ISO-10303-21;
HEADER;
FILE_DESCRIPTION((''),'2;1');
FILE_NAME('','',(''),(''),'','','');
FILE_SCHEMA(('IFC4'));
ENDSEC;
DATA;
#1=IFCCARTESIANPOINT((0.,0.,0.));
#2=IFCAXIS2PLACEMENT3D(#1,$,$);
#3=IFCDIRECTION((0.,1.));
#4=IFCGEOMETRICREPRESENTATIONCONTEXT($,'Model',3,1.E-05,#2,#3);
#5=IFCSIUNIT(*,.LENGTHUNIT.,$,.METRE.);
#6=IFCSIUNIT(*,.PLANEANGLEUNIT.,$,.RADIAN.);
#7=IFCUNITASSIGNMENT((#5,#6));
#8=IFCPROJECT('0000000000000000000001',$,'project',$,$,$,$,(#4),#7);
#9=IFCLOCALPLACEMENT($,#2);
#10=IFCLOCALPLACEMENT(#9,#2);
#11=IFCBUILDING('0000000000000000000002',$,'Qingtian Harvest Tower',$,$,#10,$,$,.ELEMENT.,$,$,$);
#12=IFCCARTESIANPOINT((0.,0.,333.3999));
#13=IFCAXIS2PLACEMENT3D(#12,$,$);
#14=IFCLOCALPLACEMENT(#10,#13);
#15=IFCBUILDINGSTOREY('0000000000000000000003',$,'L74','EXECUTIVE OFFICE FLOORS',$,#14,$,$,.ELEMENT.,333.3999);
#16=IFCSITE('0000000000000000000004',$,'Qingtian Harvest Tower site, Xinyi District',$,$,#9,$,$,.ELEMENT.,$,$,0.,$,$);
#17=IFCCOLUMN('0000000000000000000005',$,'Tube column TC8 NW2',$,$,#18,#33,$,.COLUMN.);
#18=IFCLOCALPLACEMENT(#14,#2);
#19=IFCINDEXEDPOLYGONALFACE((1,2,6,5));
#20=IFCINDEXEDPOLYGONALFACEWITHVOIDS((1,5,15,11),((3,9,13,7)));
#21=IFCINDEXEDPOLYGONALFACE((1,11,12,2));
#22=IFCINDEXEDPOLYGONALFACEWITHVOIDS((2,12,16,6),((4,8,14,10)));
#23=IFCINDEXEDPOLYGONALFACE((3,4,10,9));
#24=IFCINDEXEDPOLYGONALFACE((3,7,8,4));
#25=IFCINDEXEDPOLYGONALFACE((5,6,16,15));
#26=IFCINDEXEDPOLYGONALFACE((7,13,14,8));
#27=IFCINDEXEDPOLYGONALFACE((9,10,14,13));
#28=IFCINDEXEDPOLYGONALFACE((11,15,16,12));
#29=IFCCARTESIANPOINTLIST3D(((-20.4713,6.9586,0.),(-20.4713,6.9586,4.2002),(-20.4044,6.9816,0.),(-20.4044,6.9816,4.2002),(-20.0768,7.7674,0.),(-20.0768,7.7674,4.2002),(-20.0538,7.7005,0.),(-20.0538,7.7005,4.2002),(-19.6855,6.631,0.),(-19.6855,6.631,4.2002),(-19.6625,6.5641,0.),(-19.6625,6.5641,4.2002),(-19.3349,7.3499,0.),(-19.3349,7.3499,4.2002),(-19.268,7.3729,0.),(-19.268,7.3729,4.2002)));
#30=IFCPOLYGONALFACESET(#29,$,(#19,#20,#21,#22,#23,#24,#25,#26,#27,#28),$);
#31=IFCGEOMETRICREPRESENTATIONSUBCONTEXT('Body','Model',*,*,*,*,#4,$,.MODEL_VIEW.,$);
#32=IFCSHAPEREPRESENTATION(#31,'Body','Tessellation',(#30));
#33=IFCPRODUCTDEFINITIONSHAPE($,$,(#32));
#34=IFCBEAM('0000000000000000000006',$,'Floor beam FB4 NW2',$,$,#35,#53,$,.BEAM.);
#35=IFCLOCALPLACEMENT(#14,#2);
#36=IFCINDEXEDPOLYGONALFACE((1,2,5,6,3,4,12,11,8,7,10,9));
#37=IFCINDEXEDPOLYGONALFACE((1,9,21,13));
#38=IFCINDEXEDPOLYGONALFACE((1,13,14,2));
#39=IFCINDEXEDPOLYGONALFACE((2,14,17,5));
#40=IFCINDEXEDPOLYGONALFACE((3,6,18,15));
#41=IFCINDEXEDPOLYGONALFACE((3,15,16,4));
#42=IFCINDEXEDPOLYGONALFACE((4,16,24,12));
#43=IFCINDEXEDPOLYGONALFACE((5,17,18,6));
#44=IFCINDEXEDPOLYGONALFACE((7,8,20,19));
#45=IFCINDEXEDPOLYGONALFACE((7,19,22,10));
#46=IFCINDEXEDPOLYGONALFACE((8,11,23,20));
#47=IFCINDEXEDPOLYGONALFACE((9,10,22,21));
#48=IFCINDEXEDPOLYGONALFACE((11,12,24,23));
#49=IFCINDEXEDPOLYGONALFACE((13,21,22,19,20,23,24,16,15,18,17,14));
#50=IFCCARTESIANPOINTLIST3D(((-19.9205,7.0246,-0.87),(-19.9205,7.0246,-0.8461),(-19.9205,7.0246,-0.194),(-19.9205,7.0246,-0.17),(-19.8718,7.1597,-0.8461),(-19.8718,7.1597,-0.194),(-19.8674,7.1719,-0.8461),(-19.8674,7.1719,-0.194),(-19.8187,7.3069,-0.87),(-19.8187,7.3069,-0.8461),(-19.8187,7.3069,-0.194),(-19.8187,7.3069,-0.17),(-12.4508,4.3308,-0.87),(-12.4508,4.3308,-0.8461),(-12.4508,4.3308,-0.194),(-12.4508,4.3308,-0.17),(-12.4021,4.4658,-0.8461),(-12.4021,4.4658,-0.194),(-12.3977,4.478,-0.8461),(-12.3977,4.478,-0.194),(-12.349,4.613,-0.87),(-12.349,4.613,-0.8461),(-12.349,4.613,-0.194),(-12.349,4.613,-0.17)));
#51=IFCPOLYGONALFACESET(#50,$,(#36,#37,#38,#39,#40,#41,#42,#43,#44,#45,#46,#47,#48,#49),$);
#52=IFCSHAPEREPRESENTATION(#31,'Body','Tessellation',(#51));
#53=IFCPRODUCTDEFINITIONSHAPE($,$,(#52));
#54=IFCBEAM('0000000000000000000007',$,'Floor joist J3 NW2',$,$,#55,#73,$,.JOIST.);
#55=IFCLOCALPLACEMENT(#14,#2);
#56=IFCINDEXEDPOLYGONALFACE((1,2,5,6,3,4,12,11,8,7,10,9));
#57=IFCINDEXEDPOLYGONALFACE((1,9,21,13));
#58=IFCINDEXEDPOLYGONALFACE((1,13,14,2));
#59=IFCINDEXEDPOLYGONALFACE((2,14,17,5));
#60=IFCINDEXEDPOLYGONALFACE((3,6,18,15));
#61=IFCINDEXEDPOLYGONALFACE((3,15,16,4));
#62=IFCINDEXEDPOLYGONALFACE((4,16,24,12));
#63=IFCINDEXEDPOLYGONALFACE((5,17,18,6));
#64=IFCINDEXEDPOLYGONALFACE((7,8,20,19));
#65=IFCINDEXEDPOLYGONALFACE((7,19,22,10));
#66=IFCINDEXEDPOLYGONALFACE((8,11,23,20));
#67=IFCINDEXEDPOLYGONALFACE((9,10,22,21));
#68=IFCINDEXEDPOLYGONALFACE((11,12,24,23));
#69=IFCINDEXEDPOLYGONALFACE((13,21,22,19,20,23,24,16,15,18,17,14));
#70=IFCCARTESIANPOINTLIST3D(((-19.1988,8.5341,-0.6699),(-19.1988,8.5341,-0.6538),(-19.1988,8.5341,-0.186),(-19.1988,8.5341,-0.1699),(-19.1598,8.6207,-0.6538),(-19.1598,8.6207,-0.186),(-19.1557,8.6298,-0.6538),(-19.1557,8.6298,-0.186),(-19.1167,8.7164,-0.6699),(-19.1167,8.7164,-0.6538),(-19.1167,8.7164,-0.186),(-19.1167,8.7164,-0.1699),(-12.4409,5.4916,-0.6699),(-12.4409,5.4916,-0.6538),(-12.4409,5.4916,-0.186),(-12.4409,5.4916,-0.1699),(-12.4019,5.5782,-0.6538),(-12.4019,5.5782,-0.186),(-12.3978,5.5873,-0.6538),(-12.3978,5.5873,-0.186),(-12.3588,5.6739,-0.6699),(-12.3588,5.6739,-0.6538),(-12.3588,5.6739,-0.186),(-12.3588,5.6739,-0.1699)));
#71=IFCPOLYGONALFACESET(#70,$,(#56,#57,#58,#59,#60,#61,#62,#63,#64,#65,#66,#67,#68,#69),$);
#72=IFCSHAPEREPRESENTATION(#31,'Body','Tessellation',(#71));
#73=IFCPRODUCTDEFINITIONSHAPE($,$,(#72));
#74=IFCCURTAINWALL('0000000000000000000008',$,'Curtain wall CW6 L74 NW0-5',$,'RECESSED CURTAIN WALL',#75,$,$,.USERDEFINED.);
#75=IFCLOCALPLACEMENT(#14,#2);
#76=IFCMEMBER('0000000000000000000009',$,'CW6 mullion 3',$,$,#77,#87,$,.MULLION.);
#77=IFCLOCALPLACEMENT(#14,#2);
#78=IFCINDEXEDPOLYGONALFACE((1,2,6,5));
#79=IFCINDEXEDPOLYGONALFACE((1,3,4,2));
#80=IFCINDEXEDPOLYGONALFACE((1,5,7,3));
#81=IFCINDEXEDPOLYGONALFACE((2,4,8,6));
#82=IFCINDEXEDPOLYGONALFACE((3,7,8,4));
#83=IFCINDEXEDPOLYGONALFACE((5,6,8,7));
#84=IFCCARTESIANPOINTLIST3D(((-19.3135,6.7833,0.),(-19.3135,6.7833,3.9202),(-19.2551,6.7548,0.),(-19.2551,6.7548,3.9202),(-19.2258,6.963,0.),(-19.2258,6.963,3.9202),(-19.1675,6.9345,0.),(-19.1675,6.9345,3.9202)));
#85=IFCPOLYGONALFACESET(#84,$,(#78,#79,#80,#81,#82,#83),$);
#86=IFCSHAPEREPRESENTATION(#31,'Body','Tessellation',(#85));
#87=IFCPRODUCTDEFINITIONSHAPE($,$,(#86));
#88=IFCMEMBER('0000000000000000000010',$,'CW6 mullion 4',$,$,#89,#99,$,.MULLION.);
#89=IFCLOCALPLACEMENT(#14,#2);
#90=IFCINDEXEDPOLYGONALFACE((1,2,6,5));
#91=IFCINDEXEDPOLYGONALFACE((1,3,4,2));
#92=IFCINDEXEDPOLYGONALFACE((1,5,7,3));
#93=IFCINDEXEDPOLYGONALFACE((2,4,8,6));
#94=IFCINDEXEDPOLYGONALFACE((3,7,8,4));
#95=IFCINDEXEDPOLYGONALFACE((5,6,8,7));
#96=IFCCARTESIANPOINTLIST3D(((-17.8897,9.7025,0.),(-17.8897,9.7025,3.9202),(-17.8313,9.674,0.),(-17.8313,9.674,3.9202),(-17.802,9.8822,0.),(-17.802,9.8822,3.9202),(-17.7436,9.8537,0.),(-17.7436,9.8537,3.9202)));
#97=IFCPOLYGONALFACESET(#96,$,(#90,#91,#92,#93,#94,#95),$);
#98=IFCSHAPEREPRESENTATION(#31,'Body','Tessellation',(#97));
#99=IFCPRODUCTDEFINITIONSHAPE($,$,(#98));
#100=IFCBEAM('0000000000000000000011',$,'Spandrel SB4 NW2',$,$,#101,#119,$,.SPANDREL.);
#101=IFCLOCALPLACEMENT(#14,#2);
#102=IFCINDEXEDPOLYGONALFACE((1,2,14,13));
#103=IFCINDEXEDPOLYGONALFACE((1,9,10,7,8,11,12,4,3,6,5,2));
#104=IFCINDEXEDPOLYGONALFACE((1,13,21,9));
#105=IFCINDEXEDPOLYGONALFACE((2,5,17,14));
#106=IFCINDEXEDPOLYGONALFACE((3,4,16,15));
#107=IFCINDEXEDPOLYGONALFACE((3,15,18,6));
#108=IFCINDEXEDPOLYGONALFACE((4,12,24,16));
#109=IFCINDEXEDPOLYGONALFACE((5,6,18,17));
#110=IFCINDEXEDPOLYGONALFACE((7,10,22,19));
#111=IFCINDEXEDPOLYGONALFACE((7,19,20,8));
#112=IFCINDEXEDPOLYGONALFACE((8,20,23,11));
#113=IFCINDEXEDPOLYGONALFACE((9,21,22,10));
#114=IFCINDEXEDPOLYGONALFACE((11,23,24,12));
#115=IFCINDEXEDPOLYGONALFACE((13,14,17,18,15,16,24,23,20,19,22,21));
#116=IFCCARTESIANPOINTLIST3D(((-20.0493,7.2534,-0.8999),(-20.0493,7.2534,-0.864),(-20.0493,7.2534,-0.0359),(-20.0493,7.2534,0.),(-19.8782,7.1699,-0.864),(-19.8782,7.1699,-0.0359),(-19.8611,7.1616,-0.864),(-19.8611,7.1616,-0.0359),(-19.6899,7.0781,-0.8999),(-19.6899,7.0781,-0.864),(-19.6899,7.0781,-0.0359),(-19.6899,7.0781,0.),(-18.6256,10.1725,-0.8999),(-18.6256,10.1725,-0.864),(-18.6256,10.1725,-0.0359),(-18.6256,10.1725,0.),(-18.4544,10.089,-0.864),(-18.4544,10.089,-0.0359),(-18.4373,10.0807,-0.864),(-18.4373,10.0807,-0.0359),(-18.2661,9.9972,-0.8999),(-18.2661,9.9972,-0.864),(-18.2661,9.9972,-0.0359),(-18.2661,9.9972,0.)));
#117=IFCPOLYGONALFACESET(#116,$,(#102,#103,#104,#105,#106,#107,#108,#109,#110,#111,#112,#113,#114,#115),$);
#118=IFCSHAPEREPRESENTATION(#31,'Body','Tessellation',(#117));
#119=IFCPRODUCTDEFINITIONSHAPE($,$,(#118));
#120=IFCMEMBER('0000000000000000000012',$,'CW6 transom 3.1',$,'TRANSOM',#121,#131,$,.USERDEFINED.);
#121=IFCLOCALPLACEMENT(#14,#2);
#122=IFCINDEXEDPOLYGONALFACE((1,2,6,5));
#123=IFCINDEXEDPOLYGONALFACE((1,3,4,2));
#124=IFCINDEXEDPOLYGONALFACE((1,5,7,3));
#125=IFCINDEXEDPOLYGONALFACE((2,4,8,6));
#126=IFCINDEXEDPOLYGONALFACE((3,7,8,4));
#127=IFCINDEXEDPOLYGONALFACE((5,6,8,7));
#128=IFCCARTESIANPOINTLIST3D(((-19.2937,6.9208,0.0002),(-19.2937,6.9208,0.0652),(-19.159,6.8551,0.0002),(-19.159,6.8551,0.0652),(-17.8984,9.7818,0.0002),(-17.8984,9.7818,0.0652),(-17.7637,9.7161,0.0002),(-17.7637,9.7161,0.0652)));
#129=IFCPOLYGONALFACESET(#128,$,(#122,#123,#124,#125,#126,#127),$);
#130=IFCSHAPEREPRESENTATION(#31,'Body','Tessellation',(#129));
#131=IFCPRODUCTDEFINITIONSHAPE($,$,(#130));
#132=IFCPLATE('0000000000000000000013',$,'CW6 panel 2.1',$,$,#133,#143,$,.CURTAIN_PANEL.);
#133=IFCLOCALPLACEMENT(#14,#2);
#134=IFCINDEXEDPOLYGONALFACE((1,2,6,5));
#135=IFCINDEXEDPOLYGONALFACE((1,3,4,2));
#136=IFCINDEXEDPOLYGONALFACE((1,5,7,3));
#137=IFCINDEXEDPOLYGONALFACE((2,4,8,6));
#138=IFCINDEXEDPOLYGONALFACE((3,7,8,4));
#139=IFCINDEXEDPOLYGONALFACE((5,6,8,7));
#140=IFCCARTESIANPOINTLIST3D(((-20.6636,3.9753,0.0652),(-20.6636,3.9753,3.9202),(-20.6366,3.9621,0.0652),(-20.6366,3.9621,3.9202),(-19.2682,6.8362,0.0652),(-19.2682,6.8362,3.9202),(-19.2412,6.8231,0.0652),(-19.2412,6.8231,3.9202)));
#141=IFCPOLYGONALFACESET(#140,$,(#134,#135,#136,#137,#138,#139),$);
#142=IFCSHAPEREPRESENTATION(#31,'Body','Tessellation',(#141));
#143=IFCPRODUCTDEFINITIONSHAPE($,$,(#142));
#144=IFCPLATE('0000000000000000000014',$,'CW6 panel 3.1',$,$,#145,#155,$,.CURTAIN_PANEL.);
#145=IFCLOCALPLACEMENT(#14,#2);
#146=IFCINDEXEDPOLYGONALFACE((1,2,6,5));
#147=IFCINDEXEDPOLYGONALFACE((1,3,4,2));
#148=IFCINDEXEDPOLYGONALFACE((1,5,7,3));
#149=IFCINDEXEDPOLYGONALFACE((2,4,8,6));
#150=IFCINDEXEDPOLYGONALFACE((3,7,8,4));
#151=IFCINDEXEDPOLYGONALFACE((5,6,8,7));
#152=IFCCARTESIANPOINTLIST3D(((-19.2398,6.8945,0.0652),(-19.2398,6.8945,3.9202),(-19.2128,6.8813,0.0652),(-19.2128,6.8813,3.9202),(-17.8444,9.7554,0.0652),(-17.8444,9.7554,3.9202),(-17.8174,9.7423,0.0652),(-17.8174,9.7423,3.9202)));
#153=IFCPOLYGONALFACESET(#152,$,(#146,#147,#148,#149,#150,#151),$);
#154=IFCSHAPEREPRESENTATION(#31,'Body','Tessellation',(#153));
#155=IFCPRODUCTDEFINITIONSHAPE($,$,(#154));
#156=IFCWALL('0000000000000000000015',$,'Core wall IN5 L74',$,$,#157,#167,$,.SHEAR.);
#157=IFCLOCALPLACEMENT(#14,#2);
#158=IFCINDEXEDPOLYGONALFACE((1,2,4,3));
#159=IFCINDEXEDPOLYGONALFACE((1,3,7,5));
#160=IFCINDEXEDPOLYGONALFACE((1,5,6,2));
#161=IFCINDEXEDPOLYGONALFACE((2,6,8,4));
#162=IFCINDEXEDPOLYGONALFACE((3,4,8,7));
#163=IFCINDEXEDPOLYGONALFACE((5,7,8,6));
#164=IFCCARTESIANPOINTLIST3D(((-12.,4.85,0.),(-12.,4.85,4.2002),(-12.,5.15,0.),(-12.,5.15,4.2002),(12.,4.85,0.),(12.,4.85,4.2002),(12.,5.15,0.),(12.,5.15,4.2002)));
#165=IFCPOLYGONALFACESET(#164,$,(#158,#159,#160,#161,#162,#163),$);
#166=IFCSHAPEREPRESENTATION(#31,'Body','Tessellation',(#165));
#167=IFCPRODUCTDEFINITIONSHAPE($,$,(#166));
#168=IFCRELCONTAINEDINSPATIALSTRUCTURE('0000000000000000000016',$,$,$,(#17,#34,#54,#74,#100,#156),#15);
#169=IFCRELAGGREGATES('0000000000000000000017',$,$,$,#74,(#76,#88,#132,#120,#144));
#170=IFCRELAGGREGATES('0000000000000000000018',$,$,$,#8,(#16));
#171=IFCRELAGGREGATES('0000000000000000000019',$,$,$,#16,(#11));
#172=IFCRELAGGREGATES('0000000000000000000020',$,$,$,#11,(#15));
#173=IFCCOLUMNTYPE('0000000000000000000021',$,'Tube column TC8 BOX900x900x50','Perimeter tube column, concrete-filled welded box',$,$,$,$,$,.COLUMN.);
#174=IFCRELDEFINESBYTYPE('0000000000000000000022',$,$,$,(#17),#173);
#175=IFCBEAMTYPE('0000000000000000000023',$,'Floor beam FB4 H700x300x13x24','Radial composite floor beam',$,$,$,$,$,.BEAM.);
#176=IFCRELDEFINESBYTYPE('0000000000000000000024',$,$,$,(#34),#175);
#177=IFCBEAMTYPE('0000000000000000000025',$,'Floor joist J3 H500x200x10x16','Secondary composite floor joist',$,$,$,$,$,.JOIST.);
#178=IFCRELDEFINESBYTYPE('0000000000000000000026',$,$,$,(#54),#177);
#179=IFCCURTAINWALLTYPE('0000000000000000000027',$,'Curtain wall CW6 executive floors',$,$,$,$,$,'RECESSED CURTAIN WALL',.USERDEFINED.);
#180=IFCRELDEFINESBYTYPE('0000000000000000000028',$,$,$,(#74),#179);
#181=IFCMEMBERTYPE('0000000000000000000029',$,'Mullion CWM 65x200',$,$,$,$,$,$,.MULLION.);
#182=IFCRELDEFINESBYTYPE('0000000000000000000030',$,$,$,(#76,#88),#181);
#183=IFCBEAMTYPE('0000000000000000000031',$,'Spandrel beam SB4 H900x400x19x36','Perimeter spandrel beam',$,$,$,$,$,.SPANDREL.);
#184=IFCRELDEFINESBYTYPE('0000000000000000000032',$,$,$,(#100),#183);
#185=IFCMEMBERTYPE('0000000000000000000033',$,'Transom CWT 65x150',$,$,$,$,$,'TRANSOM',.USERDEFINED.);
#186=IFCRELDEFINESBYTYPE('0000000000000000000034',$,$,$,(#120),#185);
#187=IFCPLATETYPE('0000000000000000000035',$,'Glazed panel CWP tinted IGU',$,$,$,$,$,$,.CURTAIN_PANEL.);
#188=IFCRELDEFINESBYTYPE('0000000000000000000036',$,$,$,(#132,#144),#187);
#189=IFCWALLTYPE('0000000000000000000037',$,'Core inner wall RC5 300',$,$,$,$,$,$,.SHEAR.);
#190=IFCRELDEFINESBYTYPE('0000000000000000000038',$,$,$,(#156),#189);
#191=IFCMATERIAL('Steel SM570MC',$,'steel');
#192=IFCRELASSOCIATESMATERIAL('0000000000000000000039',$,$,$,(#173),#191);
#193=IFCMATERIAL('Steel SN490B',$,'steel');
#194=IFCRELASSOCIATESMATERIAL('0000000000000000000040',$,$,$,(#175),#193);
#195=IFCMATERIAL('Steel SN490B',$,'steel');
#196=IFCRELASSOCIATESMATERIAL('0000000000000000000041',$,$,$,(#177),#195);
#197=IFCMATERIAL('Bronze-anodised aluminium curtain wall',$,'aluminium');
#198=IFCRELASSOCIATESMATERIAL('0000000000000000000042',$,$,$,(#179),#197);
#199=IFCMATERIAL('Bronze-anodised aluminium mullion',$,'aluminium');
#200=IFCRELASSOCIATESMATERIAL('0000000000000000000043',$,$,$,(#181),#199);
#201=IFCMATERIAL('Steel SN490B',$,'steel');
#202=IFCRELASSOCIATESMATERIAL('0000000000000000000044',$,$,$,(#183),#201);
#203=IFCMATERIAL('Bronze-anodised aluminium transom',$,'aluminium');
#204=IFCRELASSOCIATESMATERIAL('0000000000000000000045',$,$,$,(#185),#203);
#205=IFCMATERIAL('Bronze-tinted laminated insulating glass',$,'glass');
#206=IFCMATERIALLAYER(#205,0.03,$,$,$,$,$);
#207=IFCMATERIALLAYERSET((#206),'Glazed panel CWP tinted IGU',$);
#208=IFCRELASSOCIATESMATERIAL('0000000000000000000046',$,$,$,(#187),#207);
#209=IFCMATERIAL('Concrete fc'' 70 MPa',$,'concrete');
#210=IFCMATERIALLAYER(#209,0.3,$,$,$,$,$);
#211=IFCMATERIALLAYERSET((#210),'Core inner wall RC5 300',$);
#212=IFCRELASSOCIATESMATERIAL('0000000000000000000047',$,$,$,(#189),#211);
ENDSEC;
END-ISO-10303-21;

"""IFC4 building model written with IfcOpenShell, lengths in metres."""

from ifc_helpers import new_model, si_unit, direction, frame, frame_2d, origin, origin_2d, place, context, subcontext, project, spatial, rectangle, hollow_rectangle, i_section, extrude, material, layer, layer_set, material_profile, profile_set, type_object, element, aggregate, save


model = new_model("IFC4")

# Units and contexts
model_context = context("Model", 3, precision=1e-05, world=origin(), true_north=direction((0.0, 1.0)))
body_context = subcontext(model_context, "Body", "Model", "MODEL_VIEW")
ifc_project = project(units=[si_unit("LENGTHUNIT", "METRE"), si_unit("PLANEANGLEUNIT", "RADIAN")], contexts=[model_context])

# Site, building, storey
site_placement = place(None, origin())
site = spatial("IfcSite", under=ifc_project, at=site_placement, Name="Qingtian Harvest Tower site, Xinyi District", CompositionType="ELEMENT", RefElevation=0.0)
building_placement = place(site_placement, origin())
building = spatial("IfcBuilding", under=site, at=building_placement, Name="Qingtian Harvest Tower", CompositionType="ELEMENT")
storey_placement = place(building_placement, frame((0.0, 0.0, 333.3999)))
storey = spatial("IfcBuildingStorey", under=building, at=storey_placement, Name="L74", Description="EXECUTIVE OFFICE FLOORS", CompositionType="ELEMENT", Elevation=333.3999)

# Column
ifc_material_1 = material(Name="Steel SM570MC", Category="steel")
ifc_material_profile_1 = material_profile(ifc_material_1, hollow_rectangle(XDim=0.8999, YDim=0.8999, WallThickness=0.05, at=origin_2d()), Name="BOX900x900x50")
ifc_profile_set_1 = profile_set([ifc_material_profile_1], Name="Steel SM570MC")
column_type = type_object("IfcColumnType", Name="Tube column TC8 BOX900x900x50", Description="Perimeter tube column, concrete-filled welded box", PredefinedType="COLUMN", material=ifc_profile_set_1)
column_placement = place(storey_placement, frame((-19.8696, 7.1658, 0.0), z_axis=(0.0, 0.0, 1.0), x_axis=(-0.438371, -0.898794, 0.0)))
element("IfcColumn", 1, at=column_placement, inside=storey, type_object=column_type, Name="Tube column TC8 NW2", PredefinedType="COLUMN", context=body_context, shape_type="SweptSolid", body=[
    extrude(hollow_rectangle(XDim=0.8999, YDim=0.8999, WallThickness=0.05, at=origin_2d()), origin(), (0.0, 0.0, 1.0), 4.2002),
])

# Beams
ifc_material_2 = material(Name="Steel SN490B", Category="steel")
ifc_material_profile_2 = material_profile(ifc_material_2, i_section(OverallWidth=0.3, OverallDepth=0.7, WebThickness=0.0129, FlangeThickness=0.0239, at=origin_2d()), Name="H700x300x13x24")
ifc_profile_set_2 = profile_set([ifc_material_profile_2], Name="Steel SN490B")
beam_type_1 = type_object("IfcBeamType", Name="Floor beam FB4 H700x300x13x24", Description="Radial composite floor beam", PredefinedType="BEAM", material=ifc_profile_set_2)
beam_1_placement = place(storey_placement, frame((-19.8696, 7.1658, -0.52), z_axis=(0.940697, -0.339249, 0.0), x_axis=(0.339249, 0.940697, 0.0)))
element("IfcBeam", 2, at=beam_1_placement, inside=storey, type_object=beam_type_1, Name="Floor beam FB4 NW2", PredefinedType="BEAM", context=body_context, shape_type="SweptSolid", body=[
    extrude(i_section(OverallWidth=0.3, OverallDepth=0.7, WebThickness=0.0129, FlangeThickness=0.0239, at=origin_2d()), origin(), (0.0, 0.0, 1.0), 7.9407),
])
ifc_material_3 = material(Name="Steel SN490B", Category="steel")
ifc_material_profile_3 = material_profile(ifc_material_3, i_section(OverallWidth=0.2, OverallDepth=0.5, WebThickness=0.01, FlangeThickness=0.0161, at=origin_2d()), Name="H500x200x10x16")
ifc_profile_set_3 = profile_set([ifc_material_profile_3], Name="Steel SN490B")
beam_type_2 = type_object("IfcBeamType", Name="Floor joist J3 H500x200x10x16", Description="Secondary composite floor joist", PredefinedType="JOIST", material=ifc_profile_set_3)
beam_2_placement = place(storey_placement, frame((-19.1577, 8.6252, -0.4199), z_axis=(0.911848, -0.410529, 0.0), x_axis=(0.410529, 0.911848, 0.0)))
element("IfcBeam", 3, at=beam_2_placement, inside=storey, type_object=beam_type_2, Name="Floor joist J3 NW2", PredefinedType="JOIST", context=body_context, shape_type="SweptSolid", body=[
    extrude(i_section(OverallWidth=0.2, OverallDepth=0.5, WebThickness=0.01, FlangeThickness=0.0161, at=origin_2d()), origin(), (0.0, 0.0, 1.0), 7.4111),
])

# Curtain wall, members
ifc_material_4 = material(Name="Bronze-anodised aluminium curtain wall", Category="aluminium")
curtain_wall_type = type_object("IfcCurtainWallType", Name="Curtain wall CW6 executive floors", ElementType="RECESSED CURTAIN WALL", PredefinedType="USERDEFINED", material=ifc_material_4)
curtain_wall_placement = place(storey_placement, origin())
curtain_wall = element("IfcCurtainWall", 4, at=curtain_wall_placement, inside=storey, type_object=curtain_wall_type, Name="Curtain wall CW6 L74 NW0-5", ObjectType="RECESSED CURTAIN WALL", PredefinedType="USERDEFINED")
ifc_material_5 = material(Name="Bronze-anodised aluminium mullion", Category="aluminium")
ifc_material_profile_4 = material_profile(ifc_material_5, rectangle(XDim=0.0649, YDim=0.2, at=origin_2d()), Name="AL 65x200")
ifc_profile_set_4 = profile_set([ifc_material_profile_4], Name="Bronze-anodised aluminium mullion")
member_type_1 = type_object("IfcMemberType", Name="Mullion CWM 65x200", PredefinedType="MULLION", material=ifc_profile_set_4)
member_1_placement = place(storey_placement, frame((-19.2405, 6.8589, 0.0), z_axis=(0.0, 0.0, 1.0), x_axis=(-0.898794, 0.438371, 0.0)))
member_1 = element("IfcMember", 5, at=member_1_placement, type_object=member_type_1, Name="CW6 mullion 3", PredefinedType="MULLION", context=body_context, shape_type="SweptSolid", body=[
    extrude(rectangle(XDim=0.0649, YDim=0.2, at=origin_2d()), origin(), (0.0, 0.0, 1.0), 3.9202),
])
member_2_placement = place(storey_placement, frame((-17.8167, 9.7781, 0.0), z_axis=(0.0, 0.0, 1.0), x_axis=(-0.898794, 0.438371, 0.0)))
member_2 = element("IfcMember", 6, at=member_2_placement, type_object=member_type_1, Name="CW6 mullion 4", PredefinedType="MULLION", context=body_context, shape_type="SweptSolid", body=[
    extrude(rectangle(XDim=0.0649, YDim=0.2, at=origin_2d()), origin(), (0.0, 0.0, 1.0), 3.9202),
])

# Beam
ifc_material_6 = material(Name="Steel SN490B", Category="steel")
ifc_material_profile_5 = material_profile(ifc_material_6, i_section(OverallWidth=0.3999, OverallDepth=0.8999, WebThickness=0.019, FlangeThickness=0.0359, at=origin_2d()), Name="H900x400x19x36")
ifc_profile_set_5 = profile_set([ifc_material_profile_5], Name="Steel SN490B")
beam_type_3 = type_object("IfcBeamType", Name="Spandrel beam SB4 H900x400x19x36", Description="Perimeter spandrel beam", PredefinedType="SPANDREL", material=ifc_profile_set_5)
beam_3_placement = place(storey_placement, frame((-19.8696, 7.1658, -0.45), z_axis=(0.438382, 0.898789, 0.0), x_axis=(-0.898789, 0.438382, 0.0)))
element("IfcBeam", 7, at=beam_3_placement, inside=storey, type_object=beam_type_3, Name="Spandrel SB4 NW2", PredefinedType="SPANDREL", context=body_context, shape_type="SweptSolid", body=[
    extrude(i_section(OverallWidth=0.3999, OverallDepth=0.8999, WebThickness=0.019, FlangeThickness=0.0359, at=origin_2d()), origin(), (0.0, 0.0, 1.0), 3.2478),
])

# Member
ifc_material_7 = material(Name="Bronze-anodised aluminium transom", Category="aluminium")
ifc_material_profile_6 = material_profile(ifc_material_7, rectangle(XDim=0.1499, YDim=0.0649, at=origin_2d()), Name="AL 65x150")
ifc_profile_set_6 = profile_set([ifc_material_profile_6], Name="Bronze-anodised aluminium transom")
member_type_2 = type_object("IfcMemberType", Name="Transom CWT 65x150", ElementType="TRANSOM", PredefinedType="USERDEFINED", material=ifc_profile_set_6)
member_3_placement = place(storey_placement, frame((-19.2263, 6.8879, 0.0327), z_axis=(0.438325, 0.898816, 0.0), x_axis=(-0.898816, 0.438325, 0.0)))
member_3 = element("IfcMember", 8, at=member_3_placement, type_object=member_type_2, Name="CW6 transom 3.1", ObjectType="TRANSOM", PredefinedType="USERDEFINED", context=body_context, shape_type="SweptSolid", body=[
    extrude(rectangle(XDim=0.1499, YDim=0.0649, at=origin_2d()), origin(), (0.0, 0.0, 1.0), 3.1831),
])

# Plates
ifc_material_8 = material(Name="Bronze-tinted laminated insulating glass", Category="glass")
ifc_layer_1 = layer(ifc_material_8, 0.03)
ifc_layer_set_1 = layer_set([ifc_layer_1], Name="Glazed panel CWP tinted IGU")
plate_type = type_object("IfcPlateType", Name="Glazed panel CWP tinted IGU", PredefinedType="CURTAIN_PANEL", material=ifc_layer_set_1)
plate_1_placement = place(storey_placement, frame((-19.9524, 5.3992, 0.0652), z_axis=(0.0, 0.0, 1.0), x_axis=(0.438371, 0.898794, 0.0)))
plate_1 = element("IfcPlate", 9, at=plate_1_placement, type_object=plate_type, Name="CW6 panel 2.1", PredefinedType="CURTAIN_PANEL", context=body_context, shape_type="SweptSolid", body=[
    extrude(rectangle(XDim=3.1831, YDim=0.03, at=origin_2d()), origin(), (0.0, 0.0, 1.0), 3.855),
])
plate_2_placement = place(storey_placement, frame((-18.5286, 8.3184, 0.0652), z_axis=(0.0, 0.0, 1.0), x_axis=(0.438371, 0.898794, 0.0)))
plate_2 = element("IfcPlate", 10, at=plate_2_placement, type_object=plate_type, Name="CW6 panel 3.1", PredefinedType="CURTAIN_PANEL", context=body_context, shape_type="SweptSolid", body=[
    extrude(rectangle(XDim=3.1831, YDim=0.03, at=origin_2d()), origin(), (0.0, 0.0, 1.0), 3.855),
])
aggregate(curtain_wall, [member_1, member_2, plate_1, member_3, plate_2])

# Wall
ifc_material_9 = material(Name="Concrete fc' 70 MPa", Category="concrete")
ifc_layer_2 = layer(ifc_material_9, 0.3)
ifc_layer_set_2 = layer_set([ifc_layer_2], Name="Core inner wall RC5 300")
wall_type_1 = type_object("IfcWallType", Name="Core inner wall RC5 300", PredefinedType="SHEAR", material=ifc_layer_set_2)
wall_1_placement = place(storey_placement, frame((-12.0, 5.0, 0.0), z_axis=(0.0, 0.0, 1.0), x_axis=(1.0, 0.0, 0.0)))
element("IfcWall", 11, at=wall_1_placement, inside=storey, type_object=wall_type_1, Name="Core wall IN5 L74", PredefinedType="SHEAR", context=body_context, shape_type="SweptSolid", body=[
    extrude(rectangle(XDim=24.0, YDim=0.3, at=frame_2d((12.0, 0.0))), origin(), (0.0, 0.0, 1.0), 4.2002),
])

save(model, "model.ifc")
